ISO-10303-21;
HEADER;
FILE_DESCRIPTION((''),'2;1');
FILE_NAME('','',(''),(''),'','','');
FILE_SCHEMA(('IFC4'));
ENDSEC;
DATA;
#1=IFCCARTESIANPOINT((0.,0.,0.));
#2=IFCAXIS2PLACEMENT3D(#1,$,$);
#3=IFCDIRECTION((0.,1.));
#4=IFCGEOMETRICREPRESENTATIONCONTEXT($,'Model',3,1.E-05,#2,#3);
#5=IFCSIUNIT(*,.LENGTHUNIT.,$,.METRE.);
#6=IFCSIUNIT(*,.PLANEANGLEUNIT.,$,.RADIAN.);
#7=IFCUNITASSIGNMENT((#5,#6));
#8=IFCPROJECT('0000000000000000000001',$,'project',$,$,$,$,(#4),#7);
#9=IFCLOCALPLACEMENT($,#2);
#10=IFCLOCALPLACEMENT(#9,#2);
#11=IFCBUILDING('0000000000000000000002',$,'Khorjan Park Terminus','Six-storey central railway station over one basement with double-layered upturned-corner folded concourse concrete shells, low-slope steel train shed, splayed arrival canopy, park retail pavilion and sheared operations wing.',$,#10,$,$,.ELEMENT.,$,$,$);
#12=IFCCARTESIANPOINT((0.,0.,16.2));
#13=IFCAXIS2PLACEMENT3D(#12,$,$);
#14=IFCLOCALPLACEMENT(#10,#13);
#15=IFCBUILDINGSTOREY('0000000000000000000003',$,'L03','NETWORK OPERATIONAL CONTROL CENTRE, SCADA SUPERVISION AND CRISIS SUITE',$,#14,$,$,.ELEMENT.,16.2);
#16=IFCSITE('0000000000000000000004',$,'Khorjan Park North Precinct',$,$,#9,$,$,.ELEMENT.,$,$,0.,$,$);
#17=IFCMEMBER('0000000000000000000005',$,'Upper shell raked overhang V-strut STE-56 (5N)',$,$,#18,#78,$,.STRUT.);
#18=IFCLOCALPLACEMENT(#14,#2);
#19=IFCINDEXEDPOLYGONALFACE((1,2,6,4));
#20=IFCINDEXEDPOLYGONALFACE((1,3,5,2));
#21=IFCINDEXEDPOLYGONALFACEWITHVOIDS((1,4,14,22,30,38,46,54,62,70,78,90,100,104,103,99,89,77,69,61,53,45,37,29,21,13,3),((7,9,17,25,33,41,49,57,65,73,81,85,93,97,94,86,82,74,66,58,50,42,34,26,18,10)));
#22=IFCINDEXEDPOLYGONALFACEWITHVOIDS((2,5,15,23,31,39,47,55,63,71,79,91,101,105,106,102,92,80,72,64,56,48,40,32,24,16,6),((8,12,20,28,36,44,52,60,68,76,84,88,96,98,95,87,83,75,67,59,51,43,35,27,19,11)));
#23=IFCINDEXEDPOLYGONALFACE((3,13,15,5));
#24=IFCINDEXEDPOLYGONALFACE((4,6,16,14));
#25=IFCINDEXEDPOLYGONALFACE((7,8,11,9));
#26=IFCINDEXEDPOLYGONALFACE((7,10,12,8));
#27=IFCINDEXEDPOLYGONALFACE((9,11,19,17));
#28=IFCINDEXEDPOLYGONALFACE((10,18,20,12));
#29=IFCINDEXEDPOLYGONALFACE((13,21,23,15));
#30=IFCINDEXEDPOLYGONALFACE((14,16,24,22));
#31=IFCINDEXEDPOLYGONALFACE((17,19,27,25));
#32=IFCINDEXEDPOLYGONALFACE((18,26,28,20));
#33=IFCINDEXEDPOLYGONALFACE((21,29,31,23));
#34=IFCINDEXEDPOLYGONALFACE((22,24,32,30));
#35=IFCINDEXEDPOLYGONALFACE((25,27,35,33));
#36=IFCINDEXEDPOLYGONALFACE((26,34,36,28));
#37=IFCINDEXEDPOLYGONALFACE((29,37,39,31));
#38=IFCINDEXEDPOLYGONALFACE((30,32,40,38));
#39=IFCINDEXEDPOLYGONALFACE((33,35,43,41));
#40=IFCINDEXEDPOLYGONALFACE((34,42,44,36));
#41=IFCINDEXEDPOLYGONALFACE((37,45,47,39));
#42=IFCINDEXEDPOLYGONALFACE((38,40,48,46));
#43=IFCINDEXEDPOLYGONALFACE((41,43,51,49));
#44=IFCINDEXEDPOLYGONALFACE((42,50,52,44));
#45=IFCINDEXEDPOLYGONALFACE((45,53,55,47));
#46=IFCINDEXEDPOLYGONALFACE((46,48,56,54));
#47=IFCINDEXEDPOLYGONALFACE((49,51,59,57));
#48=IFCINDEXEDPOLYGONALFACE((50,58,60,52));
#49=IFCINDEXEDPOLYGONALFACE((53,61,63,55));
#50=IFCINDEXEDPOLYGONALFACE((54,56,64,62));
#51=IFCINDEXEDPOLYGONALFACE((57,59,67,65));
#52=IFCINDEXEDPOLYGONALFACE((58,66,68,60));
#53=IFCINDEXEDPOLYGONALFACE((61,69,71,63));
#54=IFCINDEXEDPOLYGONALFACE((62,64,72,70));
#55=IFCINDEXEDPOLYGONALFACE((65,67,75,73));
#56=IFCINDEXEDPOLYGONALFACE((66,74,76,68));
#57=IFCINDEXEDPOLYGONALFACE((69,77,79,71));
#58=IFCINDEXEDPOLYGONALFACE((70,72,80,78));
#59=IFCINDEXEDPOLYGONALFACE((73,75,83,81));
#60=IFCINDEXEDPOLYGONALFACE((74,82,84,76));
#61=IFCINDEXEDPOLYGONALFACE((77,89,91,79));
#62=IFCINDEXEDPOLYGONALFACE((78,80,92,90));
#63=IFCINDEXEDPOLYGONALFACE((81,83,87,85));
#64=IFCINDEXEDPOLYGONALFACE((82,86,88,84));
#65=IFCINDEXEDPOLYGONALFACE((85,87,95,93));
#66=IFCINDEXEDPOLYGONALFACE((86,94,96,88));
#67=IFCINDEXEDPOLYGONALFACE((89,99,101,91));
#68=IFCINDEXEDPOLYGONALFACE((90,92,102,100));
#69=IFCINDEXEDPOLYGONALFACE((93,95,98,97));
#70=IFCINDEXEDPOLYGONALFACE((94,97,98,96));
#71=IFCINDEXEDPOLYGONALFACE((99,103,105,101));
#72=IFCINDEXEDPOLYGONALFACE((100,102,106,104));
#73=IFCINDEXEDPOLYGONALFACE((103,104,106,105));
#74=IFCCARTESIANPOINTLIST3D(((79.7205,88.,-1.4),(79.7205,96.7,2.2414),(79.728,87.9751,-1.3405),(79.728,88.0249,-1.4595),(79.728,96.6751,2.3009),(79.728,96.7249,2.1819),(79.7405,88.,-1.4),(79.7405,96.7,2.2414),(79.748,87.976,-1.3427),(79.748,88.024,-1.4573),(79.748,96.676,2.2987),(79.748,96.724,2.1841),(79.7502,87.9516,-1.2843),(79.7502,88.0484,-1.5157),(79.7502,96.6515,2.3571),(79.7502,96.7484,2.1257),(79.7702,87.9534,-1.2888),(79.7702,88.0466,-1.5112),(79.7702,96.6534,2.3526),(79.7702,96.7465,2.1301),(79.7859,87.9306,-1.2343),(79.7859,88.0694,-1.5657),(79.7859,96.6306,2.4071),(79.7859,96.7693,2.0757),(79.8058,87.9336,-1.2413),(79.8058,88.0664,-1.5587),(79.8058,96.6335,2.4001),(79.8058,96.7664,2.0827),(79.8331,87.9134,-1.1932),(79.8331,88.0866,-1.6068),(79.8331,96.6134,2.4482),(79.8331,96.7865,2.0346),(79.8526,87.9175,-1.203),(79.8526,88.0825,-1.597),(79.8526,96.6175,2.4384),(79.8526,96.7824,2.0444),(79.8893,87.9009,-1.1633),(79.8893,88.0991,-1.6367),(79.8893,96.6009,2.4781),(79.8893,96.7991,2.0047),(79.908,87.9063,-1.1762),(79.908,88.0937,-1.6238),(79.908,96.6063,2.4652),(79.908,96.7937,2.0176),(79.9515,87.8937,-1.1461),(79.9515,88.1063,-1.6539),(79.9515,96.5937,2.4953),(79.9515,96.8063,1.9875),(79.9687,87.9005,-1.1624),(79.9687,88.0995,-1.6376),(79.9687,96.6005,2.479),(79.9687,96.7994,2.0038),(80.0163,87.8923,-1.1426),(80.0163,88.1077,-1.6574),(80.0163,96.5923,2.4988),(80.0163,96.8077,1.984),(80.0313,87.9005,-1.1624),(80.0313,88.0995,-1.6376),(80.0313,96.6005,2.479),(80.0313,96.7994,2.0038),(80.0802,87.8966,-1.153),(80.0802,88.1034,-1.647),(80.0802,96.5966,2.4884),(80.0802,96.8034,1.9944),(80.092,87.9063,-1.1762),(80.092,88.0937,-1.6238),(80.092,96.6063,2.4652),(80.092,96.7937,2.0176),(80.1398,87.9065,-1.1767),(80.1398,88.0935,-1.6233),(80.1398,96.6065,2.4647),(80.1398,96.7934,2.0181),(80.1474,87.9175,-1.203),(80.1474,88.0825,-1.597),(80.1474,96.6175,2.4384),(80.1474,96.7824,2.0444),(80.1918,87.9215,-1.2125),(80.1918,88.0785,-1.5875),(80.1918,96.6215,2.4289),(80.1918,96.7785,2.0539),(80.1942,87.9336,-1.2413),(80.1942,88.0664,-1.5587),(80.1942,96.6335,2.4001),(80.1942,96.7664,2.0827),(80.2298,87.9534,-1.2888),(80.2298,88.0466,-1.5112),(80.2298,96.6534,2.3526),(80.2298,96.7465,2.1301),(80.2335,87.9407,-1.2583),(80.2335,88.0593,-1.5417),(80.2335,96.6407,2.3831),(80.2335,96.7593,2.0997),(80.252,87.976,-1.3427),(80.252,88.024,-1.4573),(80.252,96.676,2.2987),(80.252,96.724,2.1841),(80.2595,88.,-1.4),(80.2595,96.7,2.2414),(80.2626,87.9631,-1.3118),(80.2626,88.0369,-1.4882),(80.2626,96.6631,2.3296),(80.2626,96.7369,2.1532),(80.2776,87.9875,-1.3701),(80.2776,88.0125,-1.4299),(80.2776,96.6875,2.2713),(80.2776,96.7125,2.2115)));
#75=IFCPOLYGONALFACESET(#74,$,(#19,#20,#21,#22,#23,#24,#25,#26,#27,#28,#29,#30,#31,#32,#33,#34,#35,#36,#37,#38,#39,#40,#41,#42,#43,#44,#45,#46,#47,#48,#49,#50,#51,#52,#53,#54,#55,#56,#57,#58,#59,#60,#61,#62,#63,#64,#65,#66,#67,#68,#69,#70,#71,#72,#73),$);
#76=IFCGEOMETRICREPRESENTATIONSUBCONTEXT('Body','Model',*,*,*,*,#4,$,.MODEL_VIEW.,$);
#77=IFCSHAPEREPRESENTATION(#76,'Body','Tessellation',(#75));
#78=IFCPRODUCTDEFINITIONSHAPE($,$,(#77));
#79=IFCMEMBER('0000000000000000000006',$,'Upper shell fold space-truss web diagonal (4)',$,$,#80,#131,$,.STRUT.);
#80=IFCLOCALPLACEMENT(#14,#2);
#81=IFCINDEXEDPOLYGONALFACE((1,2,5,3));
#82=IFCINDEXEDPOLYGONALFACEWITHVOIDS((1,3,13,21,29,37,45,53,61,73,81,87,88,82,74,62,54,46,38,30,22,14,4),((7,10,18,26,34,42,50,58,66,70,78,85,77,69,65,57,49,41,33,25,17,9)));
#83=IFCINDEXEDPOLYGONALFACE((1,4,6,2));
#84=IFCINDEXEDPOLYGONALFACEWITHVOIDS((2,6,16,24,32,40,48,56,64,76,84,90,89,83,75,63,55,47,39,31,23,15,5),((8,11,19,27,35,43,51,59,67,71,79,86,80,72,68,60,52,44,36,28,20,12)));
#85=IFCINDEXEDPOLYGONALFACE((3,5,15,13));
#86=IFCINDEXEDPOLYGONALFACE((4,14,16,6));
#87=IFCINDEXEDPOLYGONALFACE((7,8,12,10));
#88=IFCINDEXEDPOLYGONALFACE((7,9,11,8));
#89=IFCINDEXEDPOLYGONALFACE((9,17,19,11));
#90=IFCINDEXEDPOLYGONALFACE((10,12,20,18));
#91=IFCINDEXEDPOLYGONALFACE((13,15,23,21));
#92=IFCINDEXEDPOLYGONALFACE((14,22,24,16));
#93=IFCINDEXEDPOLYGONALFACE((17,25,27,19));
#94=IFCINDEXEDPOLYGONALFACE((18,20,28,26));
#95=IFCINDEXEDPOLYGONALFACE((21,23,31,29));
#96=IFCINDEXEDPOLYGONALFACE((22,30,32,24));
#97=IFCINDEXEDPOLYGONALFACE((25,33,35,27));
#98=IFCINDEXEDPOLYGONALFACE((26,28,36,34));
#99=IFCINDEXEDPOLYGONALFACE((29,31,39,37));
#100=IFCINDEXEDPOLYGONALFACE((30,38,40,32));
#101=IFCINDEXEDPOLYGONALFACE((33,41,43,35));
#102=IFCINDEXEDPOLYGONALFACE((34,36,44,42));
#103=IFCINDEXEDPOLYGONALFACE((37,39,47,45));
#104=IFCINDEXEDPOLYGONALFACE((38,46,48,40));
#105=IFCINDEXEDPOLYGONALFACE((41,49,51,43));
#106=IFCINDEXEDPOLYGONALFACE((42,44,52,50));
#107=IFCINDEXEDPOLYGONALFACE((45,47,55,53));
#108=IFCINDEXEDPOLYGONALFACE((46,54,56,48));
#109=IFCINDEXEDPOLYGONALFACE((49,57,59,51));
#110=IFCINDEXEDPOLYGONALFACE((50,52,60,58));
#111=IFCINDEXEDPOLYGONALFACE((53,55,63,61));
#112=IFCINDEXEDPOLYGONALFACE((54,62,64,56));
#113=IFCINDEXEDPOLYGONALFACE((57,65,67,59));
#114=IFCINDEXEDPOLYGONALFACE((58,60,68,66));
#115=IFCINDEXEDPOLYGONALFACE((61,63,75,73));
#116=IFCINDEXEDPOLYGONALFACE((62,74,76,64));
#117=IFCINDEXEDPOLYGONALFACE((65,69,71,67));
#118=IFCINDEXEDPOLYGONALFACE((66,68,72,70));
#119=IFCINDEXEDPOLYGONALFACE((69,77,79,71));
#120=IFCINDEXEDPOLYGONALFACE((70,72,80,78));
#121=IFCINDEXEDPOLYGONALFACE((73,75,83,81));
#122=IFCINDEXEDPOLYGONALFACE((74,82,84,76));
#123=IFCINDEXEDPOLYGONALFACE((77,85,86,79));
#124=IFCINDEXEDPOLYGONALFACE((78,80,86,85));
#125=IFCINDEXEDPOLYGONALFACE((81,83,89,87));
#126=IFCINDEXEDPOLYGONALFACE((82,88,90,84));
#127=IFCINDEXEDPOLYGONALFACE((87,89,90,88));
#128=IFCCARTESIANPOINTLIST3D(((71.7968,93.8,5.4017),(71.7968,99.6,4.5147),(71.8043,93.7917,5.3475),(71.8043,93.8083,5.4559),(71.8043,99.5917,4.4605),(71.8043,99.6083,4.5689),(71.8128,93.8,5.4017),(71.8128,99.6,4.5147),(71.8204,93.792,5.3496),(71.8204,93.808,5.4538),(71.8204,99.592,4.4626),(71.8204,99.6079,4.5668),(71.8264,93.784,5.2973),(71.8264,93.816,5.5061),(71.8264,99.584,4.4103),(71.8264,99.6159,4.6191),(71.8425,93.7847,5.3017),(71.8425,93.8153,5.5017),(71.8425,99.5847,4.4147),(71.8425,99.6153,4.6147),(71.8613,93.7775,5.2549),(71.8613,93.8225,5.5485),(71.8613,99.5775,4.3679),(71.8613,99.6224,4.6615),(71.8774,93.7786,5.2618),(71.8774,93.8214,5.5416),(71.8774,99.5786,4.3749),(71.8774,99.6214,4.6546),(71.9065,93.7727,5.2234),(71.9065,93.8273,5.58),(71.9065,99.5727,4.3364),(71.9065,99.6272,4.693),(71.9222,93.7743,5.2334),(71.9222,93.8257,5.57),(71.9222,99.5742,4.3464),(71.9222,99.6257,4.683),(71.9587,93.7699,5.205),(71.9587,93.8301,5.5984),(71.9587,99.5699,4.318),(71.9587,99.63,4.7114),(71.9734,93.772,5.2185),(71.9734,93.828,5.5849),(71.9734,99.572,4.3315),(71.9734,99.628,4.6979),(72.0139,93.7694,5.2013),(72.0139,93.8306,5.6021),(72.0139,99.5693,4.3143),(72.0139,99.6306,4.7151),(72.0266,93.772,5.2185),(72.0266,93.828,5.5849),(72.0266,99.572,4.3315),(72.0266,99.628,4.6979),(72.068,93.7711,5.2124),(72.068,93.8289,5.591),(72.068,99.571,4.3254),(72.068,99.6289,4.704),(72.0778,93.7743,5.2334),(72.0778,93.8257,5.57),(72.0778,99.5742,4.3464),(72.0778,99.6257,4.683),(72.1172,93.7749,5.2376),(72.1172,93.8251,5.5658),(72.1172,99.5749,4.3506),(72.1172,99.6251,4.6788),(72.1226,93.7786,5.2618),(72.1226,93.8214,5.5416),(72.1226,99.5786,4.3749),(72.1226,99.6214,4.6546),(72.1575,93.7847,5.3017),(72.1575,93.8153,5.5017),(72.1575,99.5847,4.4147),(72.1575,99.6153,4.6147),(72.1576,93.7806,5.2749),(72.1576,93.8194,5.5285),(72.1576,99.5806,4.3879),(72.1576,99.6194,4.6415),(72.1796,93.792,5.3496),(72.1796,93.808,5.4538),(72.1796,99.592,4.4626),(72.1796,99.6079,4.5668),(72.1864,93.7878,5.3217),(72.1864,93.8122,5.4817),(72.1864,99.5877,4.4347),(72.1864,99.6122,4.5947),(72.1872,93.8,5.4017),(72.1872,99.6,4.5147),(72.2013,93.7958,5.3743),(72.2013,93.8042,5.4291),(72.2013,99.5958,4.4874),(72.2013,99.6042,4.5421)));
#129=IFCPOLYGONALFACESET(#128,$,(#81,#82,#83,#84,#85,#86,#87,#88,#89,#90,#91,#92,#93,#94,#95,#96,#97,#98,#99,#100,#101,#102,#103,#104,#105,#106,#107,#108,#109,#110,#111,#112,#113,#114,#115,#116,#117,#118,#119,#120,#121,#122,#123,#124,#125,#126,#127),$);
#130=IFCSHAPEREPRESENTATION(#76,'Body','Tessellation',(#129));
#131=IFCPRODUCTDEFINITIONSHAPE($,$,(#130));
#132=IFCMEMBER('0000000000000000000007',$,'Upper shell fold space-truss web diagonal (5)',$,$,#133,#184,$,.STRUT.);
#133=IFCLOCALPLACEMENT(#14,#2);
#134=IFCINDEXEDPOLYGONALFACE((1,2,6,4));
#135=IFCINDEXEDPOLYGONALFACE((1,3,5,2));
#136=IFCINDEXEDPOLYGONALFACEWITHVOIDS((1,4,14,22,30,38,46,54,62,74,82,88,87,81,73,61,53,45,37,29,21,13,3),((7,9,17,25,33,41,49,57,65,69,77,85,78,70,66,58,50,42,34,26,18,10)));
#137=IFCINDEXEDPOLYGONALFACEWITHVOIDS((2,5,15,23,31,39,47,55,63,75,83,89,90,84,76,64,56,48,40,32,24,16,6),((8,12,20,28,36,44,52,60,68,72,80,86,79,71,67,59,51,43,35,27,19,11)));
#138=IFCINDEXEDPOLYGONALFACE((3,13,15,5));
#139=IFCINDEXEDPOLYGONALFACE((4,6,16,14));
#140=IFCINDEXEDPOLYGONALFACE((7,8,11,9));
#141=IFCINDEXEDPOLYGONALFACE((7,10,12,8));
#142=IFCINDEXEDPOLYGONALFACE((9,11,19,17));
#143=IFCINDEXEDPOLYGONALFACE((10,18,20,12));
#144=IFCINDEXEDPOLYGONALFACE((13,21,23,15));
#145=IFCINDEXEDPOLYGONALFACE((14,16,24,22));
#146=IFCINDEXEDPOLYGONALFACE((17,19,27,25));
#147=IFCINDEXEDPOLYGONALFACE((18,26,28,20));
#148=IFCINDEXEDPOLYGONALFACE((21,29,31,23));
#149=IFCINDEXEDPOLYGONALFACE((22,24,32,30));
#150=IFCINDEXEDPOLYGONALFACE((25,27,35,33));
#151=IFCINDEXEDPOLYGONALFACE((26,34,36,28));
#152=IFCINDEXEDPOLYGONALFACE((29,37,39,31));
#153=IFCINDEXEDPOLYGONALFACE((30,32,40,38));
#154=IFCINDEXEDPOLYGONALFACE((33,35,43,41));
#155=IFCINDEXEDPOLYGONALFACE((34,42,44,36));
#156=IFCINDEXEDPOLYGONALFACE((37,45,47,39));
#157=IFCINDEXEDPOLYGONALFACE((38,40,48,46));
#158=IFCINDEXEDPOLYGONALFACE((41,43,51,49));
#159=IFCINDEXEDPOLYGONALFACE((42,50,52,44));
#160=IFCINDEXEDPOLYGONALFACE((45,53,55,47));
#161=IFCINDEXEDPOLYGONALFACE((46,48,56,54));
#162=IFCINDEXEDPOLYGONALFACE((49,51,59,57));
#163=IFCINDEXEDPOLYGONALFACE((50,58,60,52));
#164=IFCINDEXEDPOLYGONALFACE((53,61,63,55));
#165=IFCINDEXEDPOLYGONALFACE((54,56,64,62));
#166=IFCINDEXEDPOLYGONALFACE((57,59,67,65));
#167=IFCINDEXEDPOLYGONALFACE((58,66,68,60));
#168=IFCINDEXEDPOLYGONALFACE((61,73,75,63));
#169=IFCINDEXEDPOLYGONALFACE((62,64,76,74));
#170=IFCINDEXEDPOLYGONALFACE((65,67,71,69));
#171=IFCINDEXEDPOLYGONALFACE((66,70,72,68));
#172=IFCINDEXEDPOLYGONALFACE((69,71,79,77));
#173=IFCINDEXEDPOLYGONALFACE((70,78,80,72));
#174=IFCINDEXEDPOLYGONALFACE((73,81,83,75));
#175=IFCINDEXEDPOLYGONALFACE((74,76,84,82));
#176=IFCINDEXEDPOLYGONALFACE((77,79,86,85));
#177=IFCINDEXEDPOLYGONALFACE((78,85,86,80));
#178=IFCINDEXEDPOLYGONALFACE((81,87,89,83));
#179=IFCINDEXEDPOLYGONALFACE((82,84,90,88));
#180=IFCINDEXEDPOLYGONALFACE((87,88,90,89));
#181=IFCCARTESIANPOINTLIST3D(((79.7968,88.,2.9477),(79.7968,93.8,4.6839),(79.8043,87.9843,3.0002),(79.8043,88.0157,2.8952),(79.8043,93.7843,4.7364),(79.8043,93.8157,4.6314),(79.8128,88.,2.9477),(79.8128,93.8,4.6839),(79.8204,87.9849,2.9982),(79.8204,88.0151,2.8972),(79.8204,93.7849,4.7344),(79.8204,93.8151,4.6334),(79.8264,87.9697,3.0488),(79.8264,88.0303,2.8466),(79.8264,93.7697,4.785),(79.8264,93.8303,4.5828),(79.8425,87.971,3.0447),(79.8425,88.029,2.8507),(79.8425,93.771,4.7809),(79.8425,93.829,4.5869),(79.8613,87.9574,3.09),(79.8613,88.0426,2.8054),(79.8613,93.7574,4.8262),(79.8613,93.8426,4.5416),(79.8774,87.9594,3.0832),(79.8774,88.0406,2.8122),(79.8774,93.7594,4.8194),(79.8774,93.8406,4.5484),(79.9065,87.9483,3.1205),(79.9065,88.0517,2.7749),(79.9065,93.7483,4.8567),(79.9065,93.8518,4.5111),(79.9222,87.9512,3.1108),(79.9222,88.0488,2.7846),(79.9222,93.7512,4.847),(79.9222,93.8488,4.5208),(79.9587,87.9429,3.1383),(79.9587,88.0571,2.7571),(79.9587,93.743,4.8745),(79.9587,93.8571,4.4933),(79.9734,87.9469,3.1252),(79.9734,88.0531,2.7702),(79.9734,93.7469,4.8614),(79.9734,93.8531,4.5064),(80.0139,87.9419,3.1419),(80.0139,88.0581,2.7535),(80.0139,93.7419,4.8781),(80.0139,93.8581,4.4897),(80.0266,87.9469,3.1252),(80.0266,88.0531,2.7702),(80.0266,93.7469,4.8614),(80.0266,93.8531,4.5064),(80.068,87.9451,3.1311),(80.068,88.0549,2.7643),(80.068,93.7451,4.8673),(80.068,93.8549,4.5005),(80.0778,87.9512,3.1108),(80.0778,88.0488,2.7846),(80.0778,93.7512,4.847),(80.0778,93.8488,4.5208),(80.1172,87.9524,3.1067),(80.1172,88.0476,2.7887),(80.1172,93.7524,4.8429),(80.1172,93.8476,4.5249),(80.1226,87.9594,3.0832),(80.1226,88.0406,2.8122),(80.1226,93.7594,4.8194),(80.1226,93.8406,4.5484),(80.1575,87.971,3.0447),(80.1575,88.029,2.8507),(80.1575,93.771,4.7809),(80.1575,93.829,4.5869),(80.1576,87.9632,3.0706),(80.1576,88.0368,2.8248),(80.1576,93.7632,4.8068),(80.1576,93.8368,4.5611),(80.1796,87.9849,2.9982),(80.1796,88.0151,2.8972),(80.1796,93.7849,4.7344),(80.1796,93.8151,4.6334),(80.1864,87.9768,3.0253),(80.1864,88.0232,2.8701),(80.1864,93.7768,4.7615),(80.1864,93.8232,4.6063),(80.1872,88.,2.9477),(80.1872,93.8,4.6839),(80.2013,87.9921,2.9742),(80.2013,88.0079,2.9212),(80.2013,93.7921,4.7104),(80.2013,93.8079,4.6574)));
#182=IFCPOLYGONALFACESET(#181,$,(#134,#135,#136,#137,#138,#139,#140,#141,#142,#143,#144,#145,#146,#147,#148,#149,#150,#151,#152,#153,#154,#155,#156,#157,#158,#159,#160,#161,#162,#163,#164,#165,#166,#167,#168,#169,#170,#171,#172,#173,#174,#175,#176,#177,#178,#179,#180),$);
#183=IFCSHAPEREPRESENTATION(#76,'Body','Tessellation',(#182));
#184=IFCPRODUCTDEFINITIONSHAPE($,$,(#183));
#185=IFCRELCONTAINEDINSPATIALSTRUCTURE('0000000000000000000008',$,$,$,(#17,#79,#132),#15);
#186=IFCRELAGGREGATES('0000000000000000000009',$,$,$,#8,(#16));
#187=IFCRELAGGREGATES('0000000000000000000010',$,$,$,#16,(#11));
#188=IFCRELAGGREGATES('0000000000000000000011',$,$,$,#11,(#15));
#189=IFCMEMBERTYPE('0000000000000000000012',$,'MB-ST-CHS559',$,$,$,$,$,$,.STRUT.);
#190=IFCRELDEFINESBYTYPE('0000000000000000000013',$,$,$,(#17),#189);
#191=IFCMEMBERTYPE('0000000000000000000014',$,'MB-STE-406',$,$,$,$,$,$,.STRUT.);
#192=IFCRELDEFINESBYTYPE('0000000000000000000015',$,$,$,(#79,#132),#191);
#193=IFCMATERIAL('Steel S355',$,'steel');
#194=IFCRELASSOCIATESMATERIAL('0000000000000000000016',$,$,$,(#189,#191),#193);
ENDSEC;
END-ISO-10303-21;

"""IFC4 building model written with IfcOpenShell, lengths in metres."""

from ifc_helpers import new_model, si_unit, direction, frame, origin, origin_2d, place, context, subcontext, project, spatial, hollow_circle, extrude, material, material_profile, profile_set, type_object, element, save


model = new_model("IFC4")

# Units and contexts
model_context = context("Model", 3, precision=1e-05, world=origin(), true_north=direction((0.0, 1.0)))
body_context = subcontext(model_context, "Body", "Model", "MODEL_VIEW")
ifc_project = project(units=[si_unit("LENGTHUNIT", "METRE"), si_unit("PLANEANGLEUNIT", "RADIAN")], contexts=[model_context])

# Site, building, storey
site_placement = place(None, origin())
site = spatial("IfcSite", under=ifc_project, at=site_placement, Name="Khorjan Park North Precinct", CompositionType="ELEMENT", RefElevation=0.0)
building_placement = place(site_placement, origin())
building = spatial("IfcBuilding", under=site, at=building_placement, Name="Khorjan Park Terminus", Description="Six-storey central railway station over one basement with double-layered upturned-corner folded concourse concrete shells, low-slope steel train shed, splayed arrival canopy, park retail pavilion and sheared operations wing.", CompositionType="ELEMENT")
storey_placement = place(building_placement, frame((0.0, 0.0, 16.2)))
storey = spatial("IfcBuildingStorey", under=building, at=storey_placement, Name="L03", Description="NETWORK OPERATIONAL CONTROL CENTRE, SCADA SUPERVISION AND CRISIS SUITE", CompositionType="ELEMENT", Elevation=16.2)

# Members
ifc_material_1 = material(Name="Steel S355", Category="steel")
ifc_material_profile_1 = material_profile(ifc_material_1, hollow_circle(Radius=0.2795, WallThickness=0.02, at=origin_2d()), Name="CHS 559x20")
ifc_profile_set_1 = profile_set([ifc_material_profile_1], Name="Steel S355")
member_type_1 = type_object("IfcMemberType", Name="MB-ST-CHS559", PredefinedType="STRUT", material=ifc_profile_set_1)
member_1_placement = place(storey_placement, frame((80.0, 88.0, -1.4), z_axis=(0.0, 0.922458, 0.386097), x_axis=(-1.0, 0.0, 0.0)))
element("IfcMember", 1, at=member_1_placement, inside=storey, type_object=member_type_1, Name="Upper shell raked overhang V-strut STE-56 (5N)", PredefinedType="STRUT", context=body_context, shape_type="SweptSolid", body=[
    extrude(hollow_circle(Radius=0.2795, WallThickness=0.02, at=origin_2d()), origin(), (0.0, 0.0, 1.0), 9.4313),
])
ifc_material_profile_2 = material_profile(ifc_material_1, hollow_circle(Radius=0.2032, WallThickness=0.016, at=origin_2d()), Name="CHS 406.4x16")
ifc_profile_set_2 = profile_set([ifc_material_profile_2], Name="Steel S355")
member_type_2 = type_object("IfcMemberType", Name="MB-STE-406", PredefinedType="STRUT", material=ifc_profile_set_2)
member_2_placement = place(storey_placement, frame((72.0, 93.8, 5.4017), z_axis=(0.0, 0.988507, -0.151173), x_axis=(-1.0, 0.0, 0.0)))
element("IfcMember", 2, at=member_2_placement, inside=storey, type_object=member_type_2, Name="Upper shell fold space-truss web diagonal (4)", PredefinedType="STRUT", context=body_context, shape_type="SweptSolid", body=[
    extrude(hollow_circle(Radius=0.2032, WallThickness=0.016, at=origin_2d()), origin(), (0.0, 0.0, 1.0), 5.8674),
])
member_3_placement = place(storey_placement, frame((80.0, 88.0, 2.9477), z_axis=(0.0, 0.957999, 0.286772), x_axis=(-1.0, 0.0, 0.0)))
element("IfcMember", 3, at=member_3_placement, inside=storey, type_object=member_type_2, Name="Upper shell fold space-truss web diagonal (5)", PredefinedType="STRUT", context=body_context, shape_type="SweptSolid", body=[
    extrude(hollow_circle(Radius=0.2032, WallThickness=0.016, at=origin_2d()), origin(), (0.0, 0.0, 1.0), 6.0543),
])

save(model, "model.ifc")
